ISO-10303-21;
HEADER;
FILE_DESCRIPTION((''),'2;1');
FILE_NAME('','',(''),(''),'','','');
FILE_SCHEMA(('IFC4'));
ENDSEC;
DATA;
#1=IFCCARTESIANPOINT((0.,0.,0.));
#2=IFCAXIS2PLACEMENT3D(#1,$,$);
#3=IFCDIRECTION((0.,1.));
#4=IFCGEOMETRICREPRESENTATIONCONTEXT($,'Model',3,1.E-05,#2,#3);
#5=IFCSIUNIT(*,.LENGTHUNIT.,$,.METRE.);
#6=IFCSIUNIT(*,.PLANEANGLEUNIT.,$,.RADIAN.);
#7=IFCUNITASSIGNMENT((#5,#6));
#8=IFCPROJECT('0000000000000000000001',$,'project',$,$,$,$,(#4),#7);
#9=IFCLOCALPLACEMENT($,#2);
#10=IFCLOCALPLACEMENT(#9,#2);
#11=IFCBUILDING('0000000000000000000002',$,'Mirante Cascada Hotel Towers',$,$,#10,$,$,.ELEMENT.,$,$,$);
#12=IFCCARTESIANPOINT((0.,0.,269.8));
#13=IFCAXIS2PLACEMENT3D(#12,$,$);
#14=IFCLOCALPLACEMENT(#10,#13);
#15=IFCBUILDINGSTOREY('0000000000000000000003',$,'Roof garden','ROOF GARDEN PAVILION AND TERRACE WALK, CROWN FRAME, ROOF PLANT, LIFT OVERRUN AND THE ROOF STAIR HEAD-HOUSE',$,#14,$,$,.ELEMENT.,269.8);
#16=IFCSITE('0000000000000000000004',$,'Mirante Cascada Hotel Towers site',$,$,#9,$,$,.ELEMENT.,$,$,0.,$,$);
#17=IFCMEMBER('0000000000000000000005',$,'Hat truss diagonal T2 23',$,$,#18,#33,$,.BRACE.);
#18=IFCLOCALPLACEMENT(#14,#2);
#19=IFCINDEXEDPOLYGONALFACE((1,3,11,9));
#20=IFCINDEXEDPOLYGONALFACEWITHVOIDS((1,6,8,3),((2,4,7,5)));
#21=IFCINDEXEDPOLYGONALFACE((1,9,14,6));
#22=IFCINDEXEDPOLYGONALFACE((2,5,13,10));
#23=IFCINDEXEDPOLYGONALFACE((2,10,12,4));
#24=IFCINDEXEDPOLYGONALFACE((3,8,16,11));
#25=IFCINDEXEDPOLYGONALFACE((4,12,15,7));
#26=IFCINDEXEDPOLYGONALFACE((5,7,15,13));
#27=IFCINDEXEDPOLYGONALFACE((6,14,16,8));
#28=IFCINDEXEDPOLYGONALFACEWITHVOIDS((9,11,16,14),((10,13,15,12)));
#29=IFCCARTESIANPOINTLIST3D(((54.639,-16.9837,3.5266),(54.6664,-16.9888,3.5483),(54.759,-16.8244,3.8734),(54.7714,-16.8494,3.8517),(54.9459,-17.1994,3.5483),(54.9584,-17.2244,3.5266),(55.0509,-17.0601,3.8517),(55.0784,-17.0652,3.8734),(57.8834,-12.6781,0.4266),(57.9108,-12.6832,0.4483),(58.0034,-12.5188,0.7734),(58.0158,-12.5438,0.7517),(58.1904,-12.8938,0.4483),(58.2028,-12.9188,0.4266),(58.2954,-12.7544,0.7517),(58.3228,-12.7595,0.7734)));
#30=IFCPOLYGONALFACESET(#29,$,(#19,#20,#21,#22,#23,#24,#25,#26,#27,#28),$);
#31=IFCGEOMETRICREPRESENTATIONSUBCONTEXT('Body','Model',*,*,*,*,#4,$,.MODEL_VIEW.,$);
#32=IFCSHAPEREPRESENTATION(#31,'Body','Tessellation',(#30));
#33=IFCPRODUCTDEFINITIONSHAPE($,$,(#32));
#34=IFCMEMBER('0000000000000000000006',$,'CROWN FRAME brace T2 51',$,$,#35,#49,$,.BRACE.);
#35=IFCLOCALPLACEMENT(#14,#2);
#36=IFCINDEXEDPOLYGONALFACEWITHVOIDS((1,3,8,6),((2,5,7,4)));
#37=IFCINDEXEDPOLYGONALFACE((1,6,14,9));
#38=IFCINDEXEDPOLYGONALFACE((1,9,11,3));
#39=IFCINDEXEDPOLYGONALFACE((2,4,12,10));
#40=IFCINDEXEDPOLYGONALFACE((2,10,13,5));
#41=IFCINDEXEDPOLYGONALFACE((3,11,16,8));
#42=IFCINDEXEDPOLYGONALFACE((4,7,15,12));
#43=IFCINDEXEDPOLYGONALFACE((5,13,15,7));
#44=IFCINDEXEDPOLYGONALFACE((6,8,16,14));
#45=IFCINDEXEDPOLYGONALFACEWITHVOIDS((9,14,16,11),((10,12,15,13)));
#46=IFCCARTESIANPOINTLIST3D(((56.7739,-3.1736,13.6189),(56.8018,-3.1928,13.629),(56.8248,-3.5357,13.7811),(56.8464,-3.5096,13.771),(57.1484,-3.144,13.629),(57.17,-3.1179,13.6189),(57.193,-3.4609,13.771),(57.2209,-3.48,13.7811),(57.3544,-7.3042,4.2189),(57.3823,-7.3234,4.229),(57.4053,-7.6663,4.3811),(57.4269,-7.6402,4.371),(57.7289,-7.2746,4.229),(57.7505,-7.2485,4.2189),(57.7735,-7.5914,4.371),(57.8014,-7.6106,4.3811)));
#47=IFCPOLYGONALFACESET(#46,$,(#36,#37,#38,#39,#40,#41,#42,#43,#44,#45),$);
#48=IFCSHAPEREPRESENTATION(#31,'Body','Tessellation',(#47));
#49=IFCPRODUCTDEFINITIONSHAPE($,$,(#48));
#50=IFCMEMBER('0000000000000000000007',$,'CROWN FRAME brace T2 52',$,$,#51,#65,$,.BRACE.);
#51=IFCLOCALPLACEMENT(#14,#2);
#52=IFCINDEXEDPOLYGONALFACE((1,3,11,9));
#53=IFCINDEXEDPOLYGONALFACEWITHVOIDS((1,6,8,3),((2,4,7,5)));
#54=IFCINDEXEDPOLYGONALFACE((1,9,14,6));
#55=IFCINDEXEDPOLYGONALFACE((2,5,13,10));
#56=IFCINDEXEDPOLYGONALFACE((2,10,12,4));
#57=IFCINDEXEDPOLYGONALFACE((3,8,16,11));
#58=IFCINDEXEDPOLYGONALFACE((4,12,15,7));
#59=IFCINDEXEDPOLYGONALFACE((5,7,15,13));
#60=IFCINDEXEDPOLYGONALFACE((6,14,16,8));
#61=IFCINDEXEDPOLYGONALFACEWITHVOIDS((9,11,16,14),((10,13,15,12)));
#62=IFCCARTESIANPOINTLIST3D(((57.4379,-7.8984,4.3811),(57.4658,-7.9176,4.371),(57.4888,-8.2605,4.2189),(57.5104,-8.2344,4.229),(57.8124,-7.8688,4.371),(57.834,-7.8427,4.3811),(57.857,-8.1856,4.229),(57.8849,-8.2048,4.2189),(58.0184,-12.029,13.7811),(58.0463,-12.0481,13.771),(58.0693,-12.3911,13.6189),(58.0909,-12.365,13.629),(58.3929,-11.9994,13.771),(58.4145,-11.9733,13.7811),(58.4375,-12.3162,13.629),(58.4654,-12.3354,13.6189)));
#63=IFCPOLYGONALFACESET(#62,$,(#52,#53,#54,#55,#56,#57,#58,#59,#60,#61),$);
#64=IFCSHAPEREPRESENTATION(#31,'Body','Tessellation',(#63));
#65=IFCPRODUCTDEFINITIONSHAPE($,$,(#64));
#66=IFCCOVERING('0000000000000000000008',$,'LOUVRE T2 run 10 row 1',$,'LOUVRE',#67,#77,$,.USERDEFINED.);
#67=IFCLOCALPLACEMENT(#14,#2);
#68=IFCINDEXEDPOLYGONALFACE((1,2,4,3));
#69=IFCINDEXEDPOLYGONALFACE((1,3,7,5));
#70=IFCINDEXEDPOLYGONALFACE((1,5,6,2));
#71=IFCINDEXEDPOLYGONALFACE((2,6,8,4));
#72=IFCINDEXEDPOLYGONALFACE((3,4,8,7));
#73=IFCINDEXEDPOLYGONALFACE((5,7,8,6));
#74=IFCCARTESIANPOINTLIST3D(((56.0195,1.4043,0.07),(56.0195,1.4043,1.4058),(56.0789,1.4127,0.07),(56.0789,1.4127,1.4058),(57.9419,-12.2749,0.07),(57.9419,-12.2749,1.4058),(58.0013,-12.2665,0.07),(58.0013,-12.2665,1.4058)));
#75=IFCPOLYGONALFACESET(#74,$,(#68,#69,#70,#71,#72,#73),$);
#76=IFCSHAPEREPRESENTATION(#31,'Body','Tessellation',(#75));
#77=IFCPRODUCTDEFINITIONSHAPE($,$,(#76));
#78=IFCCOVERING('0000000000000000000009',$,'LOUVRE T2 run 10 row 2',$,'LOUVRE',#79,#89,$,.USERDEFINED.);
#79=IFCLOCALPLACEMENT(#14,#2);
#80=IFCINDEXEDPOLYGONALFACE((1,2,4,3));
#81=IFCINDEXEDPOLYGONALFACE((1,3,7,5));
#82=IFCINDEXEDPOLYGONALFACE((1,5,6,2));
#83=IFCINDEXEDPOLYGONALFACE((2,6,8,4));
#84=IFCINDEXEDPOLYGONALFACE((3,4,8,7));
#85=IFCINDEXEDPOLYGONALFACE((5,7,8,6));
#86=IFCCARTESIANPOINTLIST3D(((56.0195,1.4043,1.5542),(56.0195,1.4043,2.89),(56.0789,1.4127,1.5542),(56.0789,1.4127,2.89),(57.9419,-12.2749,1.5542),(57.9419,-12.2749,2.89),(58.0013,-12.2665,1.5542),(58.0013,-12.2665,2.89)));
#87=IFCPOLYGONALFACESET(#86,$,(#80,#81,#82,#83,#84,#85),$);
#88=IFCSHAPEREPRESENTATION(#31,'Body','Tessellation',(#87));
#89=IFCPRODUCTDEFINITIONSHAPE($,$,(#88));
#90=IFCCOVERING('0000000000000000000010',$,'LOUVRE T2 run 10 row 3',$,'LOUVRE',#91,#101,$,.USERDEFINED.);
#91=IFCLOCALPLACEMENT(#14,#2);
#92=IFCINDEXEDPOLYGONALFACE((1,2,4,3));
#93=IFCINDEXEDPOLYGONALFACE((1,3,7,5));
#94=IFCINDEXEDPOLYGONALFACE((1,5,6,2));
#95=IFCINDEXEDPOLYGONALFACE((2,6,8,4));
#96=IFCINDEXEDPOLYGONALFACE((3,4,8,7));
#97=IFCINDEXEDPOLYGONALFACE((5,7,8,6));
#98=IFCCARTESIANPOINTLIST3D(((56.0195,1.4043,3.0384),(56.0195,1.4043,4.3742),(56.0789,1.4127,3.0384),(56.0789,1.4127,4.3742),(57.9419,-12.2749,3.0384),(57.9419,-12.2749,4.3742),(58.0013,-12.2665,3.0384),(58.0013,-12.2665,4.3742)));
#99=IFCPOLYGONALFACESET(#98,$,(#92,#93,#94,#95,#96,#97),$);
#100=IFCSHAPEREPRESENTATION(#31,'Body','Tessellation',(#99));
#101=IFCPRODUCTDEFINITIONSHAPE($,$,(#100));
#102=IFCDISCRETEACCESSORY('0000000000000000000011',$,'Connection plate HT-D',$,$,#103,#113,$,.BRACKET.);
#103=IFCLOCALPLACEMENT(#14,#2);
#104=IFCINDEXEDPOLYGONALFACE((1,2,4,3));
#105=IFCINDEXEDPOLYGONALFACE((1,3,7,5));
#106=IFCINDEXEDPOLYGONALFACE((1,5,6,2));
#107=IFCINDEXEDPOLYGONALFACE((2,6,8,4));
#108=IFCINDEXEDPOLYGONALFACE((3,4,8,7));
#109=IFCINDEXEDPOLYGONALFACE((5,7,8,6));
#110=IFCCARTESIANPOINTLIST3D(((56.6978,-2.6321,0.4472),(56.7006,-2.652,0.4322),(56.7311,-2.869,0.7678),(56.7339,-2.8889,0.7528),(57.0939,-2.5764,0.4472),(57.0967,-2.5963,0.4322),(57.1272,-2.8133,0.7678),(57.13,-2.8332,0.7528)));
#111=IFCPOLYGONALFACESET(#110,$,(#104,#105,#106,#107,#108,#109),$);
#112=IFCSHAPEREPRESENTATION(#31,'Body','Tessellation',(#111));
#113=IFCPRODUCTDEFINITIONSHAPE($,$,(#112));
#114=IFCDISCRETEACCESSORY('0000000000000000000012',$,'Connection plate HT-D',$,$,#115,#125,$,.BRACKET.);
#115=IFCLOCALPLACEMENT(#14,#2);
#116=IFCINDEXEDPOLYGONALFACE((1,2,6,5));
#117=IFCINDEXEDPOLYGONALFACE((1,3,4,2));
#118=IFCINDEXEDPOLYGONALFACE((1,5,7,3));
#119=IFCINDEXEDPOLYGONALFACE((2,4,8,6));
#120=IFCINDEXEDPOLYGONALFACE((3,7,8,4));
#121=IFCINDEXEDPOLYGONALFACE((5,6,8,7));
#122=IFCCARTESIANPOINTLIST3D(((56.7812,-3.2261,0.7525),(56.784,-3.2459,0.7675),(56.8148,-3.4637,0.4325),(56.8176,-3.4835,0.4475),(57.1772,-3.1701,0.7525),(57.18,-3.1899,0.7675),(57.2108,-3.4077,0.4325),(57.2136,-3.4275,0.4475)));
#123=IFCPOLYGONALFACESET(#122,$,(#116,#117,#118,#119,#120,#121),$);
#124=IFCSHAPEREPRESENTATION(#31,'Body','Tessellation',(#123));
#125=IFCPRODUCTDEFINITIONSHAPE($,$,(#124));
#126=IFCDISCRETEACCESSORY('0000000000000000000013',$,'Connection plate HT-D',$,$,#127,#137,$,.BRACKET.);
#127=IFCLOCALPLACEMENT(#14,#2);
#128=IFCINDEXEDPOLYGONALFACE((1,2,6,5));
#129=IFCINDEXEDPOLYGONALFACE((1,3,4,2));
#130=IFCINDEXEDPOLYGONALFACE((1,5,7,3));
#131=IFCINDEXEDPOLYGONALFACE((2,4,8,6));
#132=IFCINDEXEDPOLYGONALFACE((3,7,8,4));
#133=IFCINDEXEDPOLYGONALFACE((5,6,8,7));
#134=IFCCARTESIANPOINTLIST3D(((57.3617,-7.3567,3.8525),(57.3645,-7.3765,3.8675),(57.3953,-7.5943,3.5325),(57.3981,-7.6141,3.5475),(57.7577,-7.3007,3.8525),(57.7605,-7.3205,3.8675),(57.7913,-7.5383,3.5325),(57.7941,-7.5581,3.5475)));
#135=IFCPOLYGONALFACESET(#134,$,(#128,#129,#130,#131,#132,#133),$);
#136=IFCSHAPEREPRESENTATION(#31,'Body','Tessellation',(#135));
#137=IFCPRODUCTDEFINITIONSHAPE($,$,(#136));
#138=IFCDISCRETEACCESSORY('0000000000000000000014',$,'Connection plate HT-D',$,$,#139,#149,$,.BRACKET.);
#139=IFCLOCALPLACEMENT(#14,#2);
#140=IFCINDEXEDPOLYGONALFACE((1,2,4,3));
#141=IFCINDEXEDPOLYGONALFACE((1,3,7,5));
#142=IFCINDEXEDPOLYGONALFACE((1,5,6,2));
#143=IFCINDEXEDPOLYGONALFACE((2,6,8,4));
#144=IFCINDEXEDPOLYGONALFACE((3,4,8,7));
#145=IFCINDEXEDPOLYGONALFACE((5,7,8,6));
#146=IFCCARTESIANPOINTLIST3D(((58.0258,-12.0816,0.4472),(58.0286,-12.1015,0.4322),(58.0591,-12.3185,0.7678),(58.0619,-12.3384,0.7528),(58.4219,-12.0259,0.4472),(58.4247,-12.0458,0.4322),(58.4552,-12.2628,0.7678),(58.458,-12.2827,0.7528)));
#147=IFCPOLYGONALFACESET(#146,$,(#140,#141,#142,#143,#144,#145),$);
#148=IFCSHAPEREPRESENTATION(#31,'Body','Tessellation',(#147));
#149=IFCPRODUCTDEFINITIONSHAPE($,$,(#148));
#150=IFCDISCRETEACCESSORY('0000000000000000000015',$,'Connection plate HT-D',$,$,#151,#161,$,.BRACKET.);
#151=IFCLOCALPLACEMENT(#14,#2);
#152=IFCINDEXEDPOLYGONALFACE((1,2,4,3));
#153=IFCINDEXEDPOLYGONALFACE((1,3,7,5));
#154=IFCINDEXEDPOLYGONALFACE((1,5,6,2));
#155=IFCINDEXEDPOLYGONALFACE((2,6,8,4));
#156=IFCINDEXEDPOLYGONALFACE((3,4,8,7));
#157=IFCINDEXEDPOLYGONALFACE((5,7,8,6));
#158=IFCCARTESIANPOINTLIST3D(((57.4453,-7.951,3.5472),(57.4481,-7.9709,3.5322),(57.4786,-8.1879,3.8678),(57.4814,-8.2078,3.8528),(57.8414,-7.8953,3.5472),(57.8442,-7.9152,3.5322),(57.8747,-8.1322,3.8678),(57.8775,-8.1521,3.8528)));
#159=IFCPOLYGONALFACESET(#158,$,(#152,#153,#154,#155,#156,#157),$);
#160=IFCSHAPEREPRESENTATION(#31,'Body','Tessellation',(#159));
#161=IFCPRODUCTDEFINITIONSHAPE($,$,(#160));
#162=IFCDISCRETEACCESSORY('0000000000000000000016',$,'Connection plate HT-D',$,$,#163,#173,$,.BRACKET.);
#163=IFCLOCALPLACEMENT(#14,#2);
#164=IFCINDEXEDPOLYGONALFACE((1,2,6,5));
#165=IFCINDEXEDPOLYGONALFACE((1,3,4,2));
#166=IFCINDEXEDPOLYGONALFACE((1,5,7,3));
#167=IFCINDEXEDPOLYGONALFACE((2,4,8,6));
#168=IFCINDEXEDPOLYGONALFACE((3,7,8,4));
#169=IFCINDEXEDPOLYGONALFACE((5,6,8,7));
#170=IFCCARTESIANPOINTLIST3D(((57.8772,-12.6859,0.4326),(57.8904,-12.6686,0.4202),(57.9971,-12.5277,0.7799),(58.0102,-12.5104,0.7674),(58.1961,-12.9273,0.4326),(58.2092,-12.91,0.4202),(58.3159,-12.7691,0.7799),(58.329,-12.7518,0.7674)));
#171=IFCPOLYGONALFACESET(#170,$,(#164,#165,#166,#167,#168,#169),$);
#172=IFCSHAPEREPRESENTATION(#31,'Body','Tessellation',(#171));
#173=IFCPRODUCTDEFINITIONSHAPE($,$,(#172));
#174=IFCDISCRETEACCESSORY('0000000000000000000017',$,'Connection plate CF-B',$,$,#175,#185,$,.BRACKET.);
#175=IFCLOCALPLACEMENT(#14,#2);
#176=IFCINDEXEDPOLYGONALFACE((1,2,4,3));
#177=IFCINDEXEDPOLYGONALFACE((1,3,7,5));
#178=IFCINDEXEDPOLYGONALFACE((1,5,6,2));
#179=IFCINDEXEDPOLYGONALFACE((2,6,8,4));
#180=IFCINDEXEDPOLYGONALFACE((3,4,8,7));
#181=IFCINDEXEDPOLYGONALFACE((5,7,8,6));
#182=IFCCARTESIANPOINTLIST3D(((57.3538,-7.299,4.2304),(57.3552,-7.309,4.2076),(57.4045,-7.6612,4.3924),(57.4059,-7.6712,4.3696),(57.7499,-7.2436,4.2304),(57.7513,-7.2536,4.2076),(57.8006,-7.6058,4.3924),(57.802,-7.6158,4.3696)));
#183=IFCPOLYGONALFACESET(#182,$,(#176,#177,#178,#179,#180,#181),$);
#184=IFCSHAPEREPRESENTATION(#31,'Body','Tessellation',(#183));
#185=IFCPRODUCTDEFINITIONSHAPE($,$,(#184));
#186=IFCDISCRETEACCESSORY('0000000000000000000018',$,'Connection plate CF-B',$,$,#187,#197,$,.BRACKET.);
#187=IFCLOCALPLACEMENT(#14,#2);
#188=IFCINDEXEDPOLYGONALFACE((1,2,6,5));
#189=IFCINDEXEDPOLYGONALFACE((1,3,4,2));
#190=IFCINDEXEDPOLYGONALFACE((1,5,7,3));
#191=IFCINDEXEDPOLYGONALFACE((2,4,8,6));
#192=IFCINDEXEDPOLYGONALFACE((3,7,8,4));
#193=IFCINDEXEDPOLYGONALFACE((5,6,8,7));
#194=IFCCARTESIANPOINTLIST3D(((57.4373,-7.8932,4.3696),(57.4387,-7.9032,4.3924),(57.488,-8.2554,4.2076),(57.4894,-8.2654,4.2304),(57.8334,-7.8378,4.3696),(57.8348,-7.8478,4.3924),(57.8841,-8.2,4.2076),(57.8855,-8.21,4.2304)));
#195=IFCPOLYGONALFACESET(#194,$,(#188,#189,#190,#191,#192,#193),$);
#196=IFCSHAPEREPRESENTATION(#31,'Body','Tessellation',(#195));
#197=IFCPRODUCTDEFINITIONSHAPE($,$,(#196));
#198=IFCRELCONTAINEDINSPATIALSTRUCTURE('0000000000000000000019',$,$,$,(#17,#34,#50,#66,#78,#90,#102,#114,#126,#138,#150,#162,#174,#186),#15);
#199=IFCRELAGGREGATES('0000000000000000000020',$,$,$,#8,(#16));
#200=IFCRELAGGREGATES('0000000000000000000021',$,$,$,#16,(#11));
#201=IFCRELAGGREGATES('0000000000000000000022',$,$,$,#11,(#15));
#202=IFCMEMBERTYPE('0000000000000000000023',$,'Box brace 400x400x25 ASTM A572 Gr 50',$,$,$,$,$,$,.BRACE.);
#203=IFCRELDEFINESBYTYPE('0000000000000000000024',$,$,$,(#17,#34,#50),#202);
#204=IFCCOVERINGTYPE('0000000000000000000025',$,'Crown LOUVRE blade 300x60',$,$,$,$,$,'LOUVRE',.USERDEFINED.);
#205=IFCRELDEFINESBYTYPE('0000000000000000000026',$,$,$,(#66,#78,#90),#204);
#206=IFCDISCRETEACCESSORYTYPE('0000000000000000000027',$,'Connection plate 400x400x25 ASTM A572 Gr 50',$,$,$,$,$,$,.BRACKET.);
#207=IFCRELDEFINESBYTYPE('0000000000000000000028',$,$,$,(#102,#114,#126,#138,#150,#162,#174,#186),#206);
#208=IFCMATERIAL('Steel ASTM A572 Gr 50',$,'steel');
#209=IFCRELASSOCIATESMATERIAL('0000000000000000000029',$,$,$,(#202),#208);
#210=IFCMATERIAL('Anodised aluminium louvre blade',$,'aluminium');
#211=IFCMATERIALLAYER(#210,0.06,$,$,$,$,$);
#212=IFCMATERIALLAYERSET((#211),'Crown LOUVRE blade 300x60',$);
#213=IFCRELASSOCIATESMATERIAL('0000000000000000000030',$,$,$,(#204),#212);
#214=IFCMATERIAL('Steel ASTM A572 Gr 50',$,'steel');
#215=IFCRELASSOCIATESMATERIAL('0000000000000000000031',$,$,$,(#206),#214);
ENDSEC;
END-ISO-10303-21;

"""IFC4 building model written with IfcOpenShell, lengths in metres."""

from ifc_helpers import new_model, si_unit, direction, frame, origin, origin_2d, place, context, subcontext, project, spatial, rectangle, hollow_rectangle, extrude, material, layer, layer_set, material_profile, profile_set, type_object, element, save


model = new_model("IFC4")

# Units and contexts
model_context = context("Model", 3, precision=1e-05, world=origin(), true_north=direction((0.0, 1.0)))
body_context = subcontext(model_context, "Body", "Model", "MODEL_VIEW")
ifc_project = project(units=[si_unit("LENGTHUNIT", "METRE"), si_unit("PLANEANGLEUNIT", "RADIAN")], contexts=[model_context])

# Site, building, storey
site_placement = place(None, origin())
site = spatial("IfcSite", under=ifc_project, at=site_placement, Name="Mirante Cascada Hotel Towers site", CompositionType="ELEMENT", RefElevation=0.0)
building_placement = place(site_placement, origin())
building = spatial("IfcBuilding", under=site, at=building_placement, Name="Mirante Cascada Hotel Towers", CompositionType="ELEMENT")
storey_placement = place(building_placement, frame((0.0, 0.0, 269.8)))
storey = spatial("IfcBuildingStorey", under=building, at=storey_placement, Name="Roof garden", Description="ROOF GARDEN PAVILION AND TERRACE WALK, CROWN FRAME, ROOF PLANT, LIFT OVERRUN AND THE ROOF STAIR HEAD-HOUSE", CompositionType="ELEMENT", Elevation=269.8)

# Members
ifc_material_1 = material(Name="Steel ASTM A572 Gr 50", Category="steel")
ifc_material_profile_1 = material_profile(ifc_material_1, hollow_rectangle(XDim=0.4, YDim=0.4, WallThickness=0.025, at=origin_2d()), Name="Box brace 400x400x25 ASTM A572 Gr 50")
ifc_profile_set_1 = profile_set([ifc_material_profile_1], Name="Steel ASTM A572 Gr 50")
member_type = type_object("IfcMemberType", Name="Box brace 400x400x25 ASTM A572 Gr 50", PredefinedType="BRACE", material=ifc_profile_set_1)
member_placement = place(storey_placement, frame((58.1031, -12.7188, 0.6), z_axis=(-0.521703, -0.692345, 0.498483), x_axis=(0.798645, -0.601803, 0.0)))
element("IfcMember", 1, at=member_placement, inside=storey, type_object=member_type, Name="Hat truss diagonal T2 23", PredefinedType="BRACE", context=body_context, shape_type="SweptSolid", body=[
    extrude(hollow_rectangle(XDim=0.4, YDim=0.4, WallThickness=0.025, at=origin_2d()), origin(), (0.0, 0.0, 1.0), 6.2189),
])
for number, where, z_axis, x_axis, name in (
    (2, (57.5779, -7.4574, 4.3), (-0.056447, 0.401657, 0.914049), (-0.990269, -0.139169, 0.0), "CROWN FRAME brace T2 51"),
    (3, (57.6614, -8.0516, 4.3), (0.056447, -0.401657, 0.914049), (0.990269, 0.139169, 0.0), "CROWN FRAME brace T2 52"),
):
    element("IfcMember", number, at=place(storey_placement, frame(where, z_axis=z_axis, x_axis=x_axis)), inside=storey, type_object=member_type, Name=name, PredefinedType="BRACE", context=body_context, shape_type="SweptSolid", body=[
        extrude(hollow_rectangle(XDim=0.4, YDim=0.4, WallThickness=0.025, at=origin_2d()), origin(), (0.0, 0.0, 1.0), 10.2839),
    ])

# Coverings
ifc_material_2 = material(Name="Anodised aluminium louvre blade", Category="aluminium")
ifc_layer_1 = layer(ifc_material_2, 0.06)
ifc_layer_set_1 = layer_set([ifc_layer_1], Name="Crown LOUVRE blade 300x60")
covering_type = type_object("IfcCoveringType", Name="Crown LOUVRE blade 300x60", ElementType="LOUVRE", PredefinedType="USERDEFINED", material=ifc_layer_set_1)
for number, where, z_axis, x_axis, name in (
    (4, (57.0104, -5.4311, 0.07), (0.0, 0.0, 1.0), (0.139173, -0.990268, 0.0), "LOUVRE T2 run 10 row 1"),
    (5, (57.0104, -5.4311, 1.5542), (0.0, 0.0, 1.0), (0.139173, -0.990268, 0.0), "LOUVRE T2 run 10 row 2"),
    (6, (57.0104, -5.4311, 3.0384), (0.0, 0.0, 1.0), (0.139173, -0.990268, 0.0), "LOUVRE T2 run 10 row 3"),
):
    element("IfcCovering", number, at=place(storey_placement, frame(where, z_axis=z_axis, x_axis=x_axis)), inside=storey, type_object=covering_type, Name=name, ObjectType="LOUVRE", PredefinedType="USERDEFINED", context=body_context, shape_type="SweptSolid", body=[
        extrude(rectangle(XDim=13.8136, YDim=0.06, at=origin_2d()), origin(), (0.0, 0.0, 1.0), 1.3358),
    ])

# Discrete accessories
ifc_material_3 = material(Name="Steel ASTM A572 Gr 50", Category="steel")
ifc_material_profile_2 = material_profile(ifc_material_3, rectangle(XDim=0.4, YDim=0.4, at=origin_2d()), Name="Connection plate 400x400x25 ASTM A572 Gr 50")
ifc_profile_set_2 = profile_set([ifc_material_profile_2], Name="Steel ASTM A572 Gr 50")
discrete_accessory_type_1 = type_object("IfcDiscreteAccessoryType", Name="Connection plate 400x400x25 ASTM A572 Gr 50", PredefinedType="BRACKET", material=ifc_profile_set_2)
discrete_accessory_1_placement = place(storey_placement, frame((56.9153, -2.7426, 0.5925), z_axis=(-0.111657, 0.79356, 0.59816), x_axis=(-0.990246, -0.139331, 0.0)))
element("IfcDiscreteAccessory", 7, at=discrete_accessory_1_placement, inside=storey, type_object=discrete_accessory_type_1, Name="Connection plate HT-D", PredefinedType="BRACKET", context=body_context, shape_type="SweptSolid", body=[
    extrude(rectangle(XDim=0.4, YDim=0.4, at=origin_2d()), origin(), (0.0, 0.0, 1.0), 0.0251),
])
for number, where, z_axis, x_axis, name in (
    (8, (56.996, -3.3169, 0.5925), (0.112011, -0.792076, 0.600058), (0.990148, 0.140021, 0.0), "Connection plate HT-D"),
    (9, (57.5765, -7.4475, 3.6925), (0.112011, -0.792076, 0.600058), (0.990148, 0.140021, 0.0), "Connection plate HT-D"),
):
    element("IfcDiscreteAccessory", number, at=place(storey_placement, frame(where, z_axis=z_axis, x_axis=x_axis)), inside=storey, type_object=discrete_accessory_type_1, Name=name, PredefinedType="BRACKET", context=body_context, shape_type="SweptSolid", body=[
        extrude(rectangle(XDim=0.4, YDim=0.4, at=origin_2d()), origin(), (0.0, 0.0, 1.0), 0.025),
    ])
for number, where, z_axis, x_axis, name in (
    (10, (58.2433, -12.1921, 0.5925), (-0.111657, 0.79356, 0.59816), (-0.990246, -0.139331, 0.0), "Connection plate HT-D"),
    (11, (57.6628, -8.0615, 3.6925), (-0.111657, 0.79356, 0.59816), (-0.990246, -0.139331, 0.0), "Connection plate HT-D"),
):
    element("IfcDiscreteAccessory", number, at=place(storey_placement, frame(where, z_axis=z_axis, x_axis=x_axis)), inside=storey, type_object=discrete_accessory_type_1, Name=name, PredefinedType="BRACKET", context=body_context, shape_type="SweptSolid", body=[
        extrude(rectangle(XDim=0.4, YDim=0.4, at=origin_2d()), origin(), (0.0, 0.0, 1.0), 0.0251),
    ])
discrete_accessory_2_placement = place(storey_placement, frame((58.1097, -12.7102, 0.5938), z_axis=(-0.524143, -0.692188, 0.496135), x_axis=(0.797227, -0.60368, 0.0)))
element("IfcDiscreteAccessory", 12, at=discrete_accessory_2_placement, inside=storey, type_object=discrete_accessory_type_1, Name="Connection plate HT-D", PredefinedType="BRACKET", context=body_context, shape_type="SweptSolid", body=[
    extrude(rectangle(XDim=0.4, YDim=0.4, at=origin_2d()), origin(), (0.0, 0.0, 1.0), 0.025),
])
for number, where, z_axis, x_axis, name in (
    (13, (57.5786, -7.4624, 4.2886), (-0.056144, 0.401028, 0.914344), (-0.990342, -0.138648, 0.0), "Connection plate CF-B"),
    (14, (57.6607, -8.0466, 4.2886), (0.056144, -0.401028, 0.914344), (0.990342, 0.138648, 0.0), "Connection plate CF-B"),
):
    element("IfcDiscreteAccessory", number, at=place(storey_placement, frame(where, z_axis=z_axis, x_axis=x_axis)), inside=storey, type_object=discrete_accessory_type_1, Name=name, PredefinedType="BRACKET", context=body_context, shape_type="SweptSolid", body=[
        extrude(rectangle(XDim=0.4, YDim=0.4, at=origin_2d()), origin(), (0.0, 0.0, 1.0), 0.0249),
    ])

save(model, "model.ifc")
